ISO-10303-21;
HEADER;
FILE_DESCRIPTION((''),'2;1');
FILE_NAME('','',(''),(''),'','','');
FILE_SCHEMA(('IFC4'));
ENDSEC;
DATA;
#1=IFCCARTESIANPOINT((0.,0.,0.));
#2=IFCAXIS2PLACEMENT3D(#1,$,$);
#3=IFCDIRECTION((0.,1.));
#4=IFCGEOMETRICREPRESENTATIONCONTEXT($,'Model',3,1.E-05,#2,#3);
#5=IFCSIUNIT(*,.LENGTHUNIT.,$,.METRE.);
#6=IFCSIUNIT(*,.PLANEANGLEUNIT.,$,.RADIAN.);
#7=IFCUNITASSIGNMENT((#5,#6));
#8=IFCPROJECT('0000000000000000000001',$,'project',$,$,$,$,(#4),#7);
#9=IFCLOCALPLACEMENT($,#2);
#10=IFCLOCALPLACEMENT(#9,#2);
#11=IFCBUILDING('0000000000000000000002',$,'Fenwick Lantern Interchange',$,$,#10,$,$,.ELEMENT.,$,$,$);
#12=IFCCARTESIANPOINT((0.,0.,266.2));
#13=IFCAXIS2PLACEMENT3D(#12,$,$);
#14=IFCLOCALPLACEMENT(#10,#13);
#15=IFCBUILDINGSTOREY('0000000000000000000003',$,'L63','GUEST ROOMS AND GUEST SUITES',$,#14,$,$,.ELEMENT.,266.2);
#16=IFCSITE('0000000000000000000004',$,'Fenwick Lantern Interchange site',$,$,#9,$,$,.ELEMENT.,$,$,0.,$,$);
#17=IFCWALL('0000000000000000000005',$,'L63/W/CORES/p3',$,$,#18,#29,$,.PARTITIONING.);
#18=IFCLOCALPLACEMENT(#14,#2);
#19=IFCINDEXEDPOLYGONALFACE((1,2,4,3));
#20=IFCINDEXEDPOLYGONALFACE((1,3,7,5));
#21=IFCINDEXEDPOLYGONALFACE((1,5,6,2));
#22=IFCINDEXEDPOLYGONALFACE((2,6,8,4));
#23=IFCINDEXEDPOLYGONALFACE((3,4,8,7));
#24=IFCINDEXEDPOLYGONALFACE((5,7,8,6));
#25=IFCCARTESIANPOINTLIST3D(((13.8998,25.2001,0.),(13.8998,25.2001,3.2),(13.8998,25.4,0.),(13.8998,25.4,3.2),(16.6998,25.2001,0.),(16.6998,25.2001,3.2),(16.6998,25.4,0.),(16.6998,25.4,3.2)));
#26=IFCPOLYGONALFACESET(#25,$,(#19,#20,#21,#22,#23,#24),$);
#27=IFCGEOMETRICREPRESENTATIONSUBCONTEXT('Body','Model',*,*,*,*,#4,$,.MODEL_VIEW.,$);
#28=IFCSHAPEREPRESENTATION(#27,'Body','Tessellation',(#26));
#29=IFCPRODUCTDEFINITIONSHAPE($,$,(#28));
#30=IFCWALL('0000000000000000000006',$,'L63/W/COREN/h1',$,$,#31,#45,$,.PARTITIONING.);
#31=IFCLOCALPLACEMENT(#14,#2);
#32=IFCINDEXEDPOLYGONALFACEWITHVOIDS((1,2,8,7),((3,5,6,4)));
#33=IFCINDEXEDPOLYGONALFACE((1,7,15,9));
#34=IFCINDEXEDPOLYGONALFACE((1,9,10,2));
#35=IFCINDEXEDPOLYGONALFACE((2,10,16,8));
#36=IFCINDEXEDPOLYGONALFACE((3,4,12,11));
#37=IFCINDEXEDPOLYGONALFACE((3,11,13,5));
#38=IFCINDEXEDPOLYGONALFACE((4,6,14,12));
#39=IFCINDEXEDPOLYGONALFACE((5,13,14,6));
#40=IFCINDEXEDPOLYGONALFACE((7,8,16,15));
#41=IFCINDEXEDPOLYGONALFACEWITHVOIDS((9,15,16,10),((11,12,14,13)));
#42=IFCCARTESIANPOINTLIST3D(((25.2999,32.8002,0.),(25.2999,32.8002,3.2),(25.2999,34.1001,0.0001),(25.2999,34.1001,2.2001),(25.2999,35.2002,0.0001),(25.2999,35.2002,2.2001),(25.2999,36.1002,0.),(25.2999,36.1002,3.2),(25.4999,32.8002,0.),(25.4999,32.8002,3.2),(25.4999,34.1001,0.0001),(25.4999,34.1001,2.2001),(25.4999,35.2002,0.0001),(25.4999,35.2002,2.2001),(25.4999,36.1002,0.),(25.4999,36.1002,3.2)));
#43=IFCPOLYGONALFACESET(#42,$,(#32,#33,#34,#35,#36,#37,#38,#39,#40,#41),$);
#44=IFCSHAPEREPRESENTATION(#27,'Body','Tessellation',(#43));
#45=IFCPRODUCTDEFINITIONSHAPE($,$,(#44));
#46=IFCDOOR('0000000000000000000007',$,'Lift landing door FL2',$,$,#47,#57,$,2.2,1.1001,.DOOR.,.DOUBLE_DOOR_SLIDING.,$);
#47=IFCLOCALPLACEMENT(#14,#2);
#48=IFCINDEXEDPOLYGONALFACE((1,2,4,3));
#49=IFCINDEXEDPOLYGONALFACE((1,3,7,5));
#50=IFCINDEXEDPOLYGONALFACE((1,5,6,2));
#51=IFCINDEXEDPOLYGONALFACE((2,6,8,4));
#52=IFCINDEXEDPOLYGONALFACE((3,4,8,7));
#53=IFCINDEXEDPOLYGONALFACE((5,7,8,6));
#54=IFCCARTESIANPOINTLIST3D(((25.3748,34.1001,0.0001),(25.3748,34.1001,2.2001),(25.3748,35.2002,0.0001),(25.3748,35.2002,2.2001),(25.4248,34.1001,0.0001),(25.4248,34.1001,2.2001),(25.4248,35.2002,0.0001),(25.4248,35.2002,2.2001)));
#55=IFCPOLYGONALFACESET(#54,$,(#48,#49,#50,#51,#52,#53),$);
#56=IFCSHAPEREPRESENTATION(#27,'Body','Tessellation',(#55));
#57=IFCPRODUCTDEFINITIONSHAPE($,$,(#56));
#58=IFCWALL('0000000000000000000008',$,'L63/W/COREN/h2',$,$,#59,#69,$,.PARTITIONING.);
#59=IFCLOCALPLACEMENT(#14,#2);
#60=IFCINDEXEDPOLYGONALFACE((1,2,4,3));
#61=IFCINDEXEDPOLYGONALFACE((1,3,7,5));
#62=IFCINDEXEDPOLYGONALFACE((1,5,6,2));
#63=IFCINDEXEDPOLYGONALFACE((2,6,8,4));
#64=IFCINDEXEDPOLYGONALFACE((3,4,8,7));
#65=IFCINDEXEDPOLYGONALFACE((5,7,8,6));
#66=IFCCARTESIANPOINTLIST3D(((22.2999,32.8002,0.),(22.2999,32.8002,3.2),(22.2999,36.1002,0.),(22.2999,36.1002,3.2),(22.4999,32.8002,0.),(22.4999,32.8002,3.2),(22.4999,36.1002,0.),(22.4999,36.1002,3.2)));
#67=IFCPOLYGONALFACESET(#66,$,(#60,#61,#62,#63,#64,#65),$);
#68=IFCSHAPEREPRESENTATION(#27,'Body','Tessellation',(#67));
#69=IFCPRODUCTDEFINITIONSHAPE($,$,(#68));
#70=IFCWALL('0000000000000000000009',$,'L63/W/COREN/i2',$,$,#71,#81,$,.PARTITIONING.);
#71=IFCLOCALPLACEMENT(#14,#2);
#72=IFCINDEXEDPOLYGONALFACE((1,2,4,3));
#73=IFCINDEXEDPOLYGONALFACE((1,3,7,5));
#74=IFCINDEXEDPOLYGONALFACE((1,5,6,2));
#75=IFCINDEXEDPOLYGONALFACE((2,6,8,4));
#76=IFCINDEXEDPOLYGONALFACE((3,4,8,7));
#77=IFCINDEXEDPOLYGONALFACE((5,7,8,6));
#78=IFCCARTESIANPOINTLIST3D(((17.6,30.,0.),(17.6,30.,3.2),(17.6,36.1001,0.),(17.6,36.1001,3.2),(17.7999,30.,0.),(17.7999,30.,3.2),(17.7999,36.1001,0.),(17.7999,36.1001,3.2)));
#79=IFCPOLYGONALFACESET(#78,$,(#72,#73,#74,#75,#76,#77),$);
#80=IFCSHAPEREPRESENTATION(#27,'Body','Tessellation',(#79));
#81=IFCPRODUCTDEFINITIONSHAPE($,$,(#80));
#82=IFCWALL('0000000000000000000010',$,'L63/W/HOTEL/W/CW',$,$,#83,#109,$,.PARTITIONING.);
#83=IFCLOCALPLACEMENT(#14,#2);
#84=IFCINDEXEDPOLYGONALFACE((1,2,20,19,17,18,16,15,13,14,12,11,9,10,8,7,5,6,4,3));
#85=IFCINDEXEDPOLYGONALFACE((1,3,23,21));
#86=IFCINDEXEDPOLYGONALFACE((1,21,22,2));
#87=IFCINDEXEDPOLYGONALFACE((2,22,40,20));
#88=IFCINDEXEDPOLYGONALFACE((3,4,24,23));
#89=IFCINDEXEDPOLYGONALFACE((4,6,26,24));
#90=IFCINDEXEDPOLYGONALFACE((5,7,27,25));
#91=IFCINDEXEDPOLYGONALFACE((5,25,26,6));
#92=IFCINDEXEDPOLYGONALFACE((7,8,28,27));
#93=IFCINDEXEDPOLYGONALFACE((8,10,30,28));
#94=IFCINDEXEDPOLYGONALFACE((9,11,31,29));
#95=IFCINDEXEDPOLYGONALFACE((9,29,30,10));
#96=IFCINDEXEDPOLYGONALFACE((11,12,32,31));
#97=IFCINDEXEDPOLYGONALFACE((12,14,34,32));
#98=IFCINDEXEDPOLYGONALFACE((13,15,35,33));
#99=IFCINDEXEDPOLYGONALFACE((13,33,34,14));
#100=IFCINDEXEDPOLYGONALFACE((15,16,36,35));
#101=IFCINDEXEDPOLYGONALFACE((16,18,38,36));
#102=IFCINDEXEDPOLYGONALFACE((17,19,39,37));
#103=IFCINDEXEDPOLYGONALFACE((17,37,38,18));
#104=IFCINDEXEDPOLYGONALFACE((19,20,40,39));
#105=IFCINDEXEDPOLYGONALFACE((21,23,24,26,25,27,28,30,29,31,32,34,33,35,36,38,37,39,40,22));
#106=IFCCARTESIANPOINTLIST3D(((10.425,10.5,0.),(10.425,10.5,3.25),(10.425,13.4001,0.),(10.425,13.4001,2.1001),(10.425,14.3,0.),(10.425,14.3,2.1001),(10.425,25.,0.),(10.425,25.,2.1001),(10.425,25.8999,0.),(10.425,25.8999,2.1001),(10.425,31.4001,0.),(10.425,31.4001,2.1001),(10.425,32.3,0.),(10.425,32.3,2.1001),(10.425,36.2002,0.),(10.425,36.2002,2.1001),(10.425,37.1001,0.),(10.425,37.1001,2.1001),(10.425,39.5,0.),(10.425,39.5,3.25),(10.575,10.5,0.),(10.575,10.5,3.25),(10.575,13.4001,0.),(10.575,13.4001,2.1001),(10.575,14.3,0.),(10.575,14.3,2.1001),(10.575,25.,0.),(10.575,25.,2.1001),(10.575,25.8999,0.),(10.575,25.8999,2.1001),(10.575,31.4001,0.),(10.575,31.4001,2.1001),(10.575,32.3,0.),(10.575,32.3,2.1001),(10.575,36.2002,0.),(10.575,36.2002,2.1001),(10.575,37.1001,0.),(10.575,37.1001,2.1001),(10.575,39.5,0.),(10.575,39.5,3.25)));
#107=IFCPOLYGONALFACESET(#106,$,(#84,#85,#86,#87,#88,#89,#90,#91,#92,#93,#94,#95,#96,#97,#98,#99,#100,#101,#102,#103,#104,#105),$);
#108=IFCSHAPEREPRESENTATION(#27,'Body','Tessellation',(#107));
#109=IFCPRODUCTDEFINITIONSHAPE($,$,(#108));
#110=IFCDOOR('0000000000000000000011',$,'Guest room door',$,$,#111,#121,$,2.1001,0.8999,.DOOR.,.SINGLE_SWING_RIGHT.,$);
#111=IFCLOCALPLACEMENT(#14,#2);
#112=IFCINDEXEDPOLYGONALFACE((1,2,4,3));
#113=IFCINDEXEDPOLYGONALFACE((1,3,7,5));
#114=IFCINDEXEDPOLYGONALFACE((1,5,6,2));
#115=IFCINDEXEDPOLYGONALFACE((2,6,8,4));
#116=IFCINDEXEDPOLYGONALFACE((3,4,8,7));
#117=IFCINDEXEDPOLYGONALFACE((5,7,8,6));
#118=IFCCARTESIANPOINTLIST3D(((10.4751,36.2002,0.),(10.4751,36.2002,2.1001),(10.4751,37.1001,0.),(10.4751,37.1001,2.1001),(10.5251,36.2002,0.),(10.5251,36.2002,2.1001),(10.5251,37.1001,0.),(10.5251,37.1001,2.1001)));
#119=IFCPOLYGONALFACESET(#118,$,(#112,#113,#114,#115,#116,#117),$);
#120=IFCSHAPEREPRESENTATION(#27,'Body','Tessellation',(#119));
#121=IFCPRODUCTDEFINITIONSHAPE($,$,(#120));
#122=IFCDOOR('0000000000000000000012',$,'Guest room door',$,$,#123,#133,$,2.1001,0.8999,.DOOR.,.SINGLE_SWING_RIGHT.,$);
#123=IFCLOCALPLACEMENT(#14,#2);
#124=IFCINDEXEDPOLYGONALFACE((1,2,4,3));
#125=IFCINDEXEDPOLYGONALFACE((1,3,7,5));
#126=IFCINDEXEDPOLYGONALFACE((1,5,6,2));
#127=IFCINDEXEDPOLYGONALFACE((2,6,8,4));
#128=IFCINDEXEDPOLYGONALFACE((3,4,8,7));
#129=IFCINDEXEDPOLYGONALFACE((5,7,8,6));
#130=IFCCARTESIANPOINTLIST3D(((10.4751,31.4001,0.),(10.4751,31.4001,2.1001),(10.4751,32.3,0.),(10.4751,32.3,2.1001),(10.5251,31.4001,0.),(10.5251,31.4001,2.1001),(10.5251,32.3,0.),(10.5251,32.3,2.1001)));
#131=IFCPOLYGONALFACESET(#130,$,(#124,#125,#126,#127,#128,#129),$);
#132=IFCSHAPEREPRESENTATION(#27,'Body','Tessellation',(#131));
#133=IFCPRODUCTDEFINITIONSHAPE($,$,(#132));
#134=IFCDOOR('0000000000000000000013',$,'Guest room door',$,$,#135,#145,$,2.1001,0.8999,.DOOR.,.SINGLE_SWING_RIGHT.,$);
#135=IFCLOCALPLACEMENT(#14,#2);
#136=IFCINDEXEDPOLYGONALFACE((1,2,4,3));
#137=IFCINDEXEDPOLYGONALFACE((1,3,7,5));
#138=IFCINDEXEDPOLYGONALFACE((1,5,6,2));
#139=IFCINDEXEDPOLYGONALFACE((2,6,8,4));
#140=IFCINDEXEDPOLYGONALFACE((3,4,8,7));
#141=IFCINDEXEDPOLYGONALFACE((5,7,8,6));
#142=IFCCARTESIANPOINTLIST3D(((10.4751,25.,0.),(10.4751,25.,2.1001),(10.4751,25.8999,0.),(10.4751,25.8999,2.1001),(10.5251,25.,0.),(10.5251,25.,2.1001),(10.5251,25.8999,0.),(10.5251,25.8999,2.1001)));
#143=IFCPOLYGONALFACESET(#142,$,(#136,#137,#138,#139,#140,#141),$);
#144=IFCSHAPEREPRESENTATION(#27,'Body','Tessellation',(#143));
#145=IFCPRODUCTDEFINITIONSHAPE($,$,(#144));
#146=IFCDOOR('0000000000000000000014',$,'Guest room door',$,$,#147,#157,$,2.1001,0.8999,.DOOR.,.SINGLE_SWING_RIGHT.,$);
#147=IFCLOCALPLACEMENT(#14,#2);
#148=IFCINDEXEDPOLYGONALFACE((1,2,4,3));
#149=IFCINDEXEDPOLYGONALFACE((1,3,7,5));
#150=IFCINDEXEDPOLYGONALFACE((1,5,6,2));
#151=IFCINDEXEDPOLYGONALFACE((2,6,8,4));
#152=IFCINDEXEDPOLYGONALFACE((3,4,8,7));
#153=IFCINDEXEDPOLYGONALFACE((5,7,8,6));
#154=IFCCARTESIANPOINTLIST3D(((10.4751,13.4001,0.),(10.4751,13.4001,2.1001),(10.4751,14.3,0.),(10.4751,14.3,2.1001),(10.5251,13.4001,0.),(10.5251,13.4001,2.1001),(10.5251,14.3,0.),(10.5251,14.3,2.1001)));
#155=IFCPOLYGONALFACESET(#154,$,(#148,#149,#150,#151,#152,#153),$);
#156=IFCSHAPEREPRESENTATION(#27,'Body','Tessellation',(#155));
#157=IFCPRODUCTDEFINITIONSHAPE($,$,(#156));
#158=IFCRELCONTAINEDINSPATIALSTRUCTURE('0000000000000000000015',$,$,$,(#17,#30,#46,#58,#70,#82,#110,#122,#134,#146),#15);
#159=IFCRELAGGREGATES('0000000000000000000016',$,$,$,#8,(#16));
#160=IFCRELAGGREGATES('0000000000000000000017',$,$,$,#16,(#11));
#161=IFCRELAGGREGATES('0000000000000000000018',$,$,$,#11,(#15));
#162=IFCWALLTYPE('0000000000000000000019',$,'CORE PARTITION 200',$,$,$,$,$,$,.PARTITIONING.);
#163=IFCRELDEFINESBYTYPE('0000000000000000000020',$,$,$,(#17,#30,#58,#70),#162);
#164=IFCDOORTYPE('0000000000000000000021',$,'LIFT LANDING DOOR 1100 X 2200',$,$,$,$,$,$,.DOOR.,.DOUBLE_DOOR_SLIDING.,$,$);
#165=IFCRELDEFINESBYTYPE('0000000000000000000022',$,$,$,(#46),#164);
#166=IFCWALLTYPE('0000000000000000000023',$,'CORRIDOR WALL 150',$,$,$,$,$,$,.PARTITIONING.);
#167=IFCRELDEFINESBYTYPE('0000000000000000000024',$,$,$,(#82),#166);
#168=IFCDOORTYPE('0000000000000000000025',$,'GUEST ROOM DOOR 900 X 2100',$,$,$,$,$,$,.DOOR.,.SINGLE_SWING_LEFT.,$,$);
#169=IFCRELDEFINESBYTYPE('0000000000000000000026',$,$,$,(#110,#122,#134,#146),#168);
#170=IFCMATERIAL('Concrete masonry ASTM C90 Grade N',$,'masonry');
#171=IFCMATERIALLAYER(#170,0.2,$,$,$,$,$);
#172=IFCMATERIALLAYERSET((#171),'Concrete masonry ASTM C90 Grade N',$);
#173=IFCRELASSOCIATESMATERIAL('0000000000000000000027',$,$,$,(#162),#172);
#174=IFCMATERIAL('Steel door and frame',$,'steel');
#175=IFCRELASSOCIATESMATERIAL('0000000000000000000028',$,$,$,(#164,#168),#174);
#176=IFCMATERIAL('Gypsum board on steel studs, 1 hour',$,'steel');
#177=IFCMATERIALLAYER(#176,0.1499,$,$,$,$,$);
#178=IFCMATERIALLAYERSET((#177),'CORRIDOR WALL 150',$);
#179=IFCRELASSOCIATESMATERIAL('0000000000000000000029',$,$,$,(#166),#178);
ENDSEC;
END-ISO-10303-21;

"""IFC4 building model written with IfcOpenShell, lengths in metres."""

from ifc_helpers import new_model, si_unit, direction, frame, frame_2d, origin, place, context, subcontext, project, spatial, rectangle, extrude, material, layer, layer_set, type_object, element, fill, save


model = new_model("IFC4")

# Units and contexts
model_context = context("Model", 3, precision=1e-05, world=origin(), true_north=direction((0.0, 1.0)))
body_context = subcontext(model_context, "Body", "Model", "MODEL_VIEW")
ifc_project = project(units=[si_unit("LENGTHUNIT", "METRE"), si_unit("PLANEANGLEUNIT", "RADIAN")], contexts=[model_context])

# Site, building, storey
site_placement = place(None, origin())
site = spatial("IfcSite", under=ifc_project, at=site_placement, Name="Fenwick Lantern Interchange site", CompositionType="ELEMENT", RefElevation=0.0)
building_placement = place(site_placement, origin())
building = spatial("IfcBuilding", under=site, at=building_placement, Name="Fenwick Lantern Interchange", CompositionType="ELEMENT")
storey_placement = place(building_placement, frame((0.0, 0.0, 266.2)))
storey = spatial("IfcBuildingStorey", under=building, at=storey_placement, Name="L63", Description="GUEST ROOMS AND GUEST SUITES", CompositionType="ELEMENT", Elevation=266.2)

# Wall
ifc_material_1 = material(Name="Concrete masonry ASTM C90 Grade N", Category="masonry")
ifc_layer_1 = layer(ifc_material_1, 0.2)
ifc_layer_set_1 = layer_set([ifc_layer_1], Name="Concrete masonry ASTM C90 Grade N")
wall_type_1 = type_object("IfcWallType", Name="CORE PARTITION 200", PredefinedType="PARTITIONING", material=ifc_layer_set_1)
wall_1_placement = place(storey_placement, frame((13.8999, 25.3, 0.0), z_axis=(0.0, 0.0, 1.0), x_axis=(1.0, 0.0, 0.0)))
element("IfcWall", 1, at=wall_1_placement, inside=storey, type_object=wall_type_1, Name="L63/W/CORES/p3", PredefinedType="PARTITIONING", context=body_context, shape_type="SweptSolid", body=[
    extrude(rectangle(XDim=2.8, YDim=0.2, at=frame_2d((1.3999, 0.0))), origin(), (0.0, 0.0, 1.0), 3.2),
])

# Wall, opening, door
wall_2_placement = place(storey_placement, frame((25.3999, 36.1001, 0.0), z_axis=(0.0, 0.0, 1.0), x_axis=(0.0, -1.0, 0.0)))
wall_2 = element("IfcWall", 2, at=wall_2_placement, inside=storey, type_object=wall_type_1, Name="L63/W/COREN/h1", PredefinedType="PARTITIONING", context=body_context, shape_type="SweptSolid", body=[
    extrude(rectangle(XDim=3.3, YDim=0.2, at=frame_2d((1.6499, 0.0))), origin(), (0.0, 0.0, 1.0), 3.2),
])
opening_1_placement = place(wall_2_placement, frame((0.8999, 0.0, 0.0)))
opening_1 = element("IfcOpeningElement", 3, at=opening_1_placement, cuts=wall_2, PredefinedType="OPENING", context=body_context, shape_type="SweptSolid", body=[
    extrude(rectangle(XDim=1.1001, YDim=2.2, at=frame_2d((0.55, 1.1001))), frame((0.0, 0.1099, 0.0), z_axis=(0.0, -1.0, 0.0), x_axis=(1.0, 0.0, 0.0)), (0.0, 0.0, 1.0), 0.22),
])
ifc_material_2 = material(Name="Steel door and frame", Category="steel")
door_type_1 = type_object("IfcDoorType", Name="LIFT LANDING DOOR 1100 X 2200", OperationType="DOUBLE_DOOR_SLIDING", PredefinedType="DOOR", material=ifc_material_2)
door_1_placement = place(opening_1_placement, origin())
door_1 = element("IfcDoor", 4, at=door_1_placement, inside=storey, type_object=door_type_1, Name="Lift landing door FL2", OperationType="DOUBLE_DOOR_SLIDING", OverallHeight=2.2, OverallWidth=1.1001, PredefinedType="DOOR", context=body_context, shape_type="SweptSolid", body=[
    extrude(rectangle(XDim=1.1001, YDim=2.2, at=frame_2d((0.55, 1.1001))), frame((0.0, 0.0249, 0.0), z_axis=(0.0, -1.0, 0.0), x_axis=(1.0, 0.0, 0.0)), (0.0, 0.0, 1.0), 0.05),
])
fill(opening_1, door_1)

# Walls
wall_3_placement = place(storey_placement, frame((22.3999, 36.1001, 0.0), z_axis=(0.0, 0.0, 1.0), x_axis=(0.0, -1.0, 0.0)))
element("IfcWall", 5, at=wall_3_placement, inside=storey, type_object=wall_type_1, Name="L63/W/COREN/h2", PredefinedType="PARTITIONING", context=body_context, shape_type="SweptSolid", body=[
    extrude(rectangle(XDim=3.3, YDim=0.2, at=frame_2d((1.6499, 0.0))), origin(), (0.0, 0.0, 1.0), 3.2),
])
wall_4_placement = place(storey_placement, frame((17.7, 36.1001, 0.0), z_axis=(0.0, 0.0, 1.0), x_axis=(0.0, -1.0, 0.0)))
element("IfcWall", 6, at=wall_4_placement, inside=storey, type_object=wall_type_1, Name="L63/W/COREN/i2", PredefinedType="PARTITIONING", context=body_context, shape_type="SweptSolid", body=[
    extrude(rectangle(XDim=6.1001, YDim=0.2, at=frame_2d((3.05, 0.0))), origin(), (0.0, 0.0, 1.0), 3.2),
])

# Wall, openings, doors
ifc_material_3 = material(Name="Gypsum board on steel studs, 1 hour", Category="steel")
ifc_layer_2 = layer(ifc_material_3, 0.1499)
ifc_layer_set_2 = layer_set([ifc_layer_2], Name="CORRIDOR WALL 150")
wall_type_2 = type_object("IfcWallType", Name="CORRIDOR WALL 150", PredefinedType="PARTITIONING", material=ifc_layer_set_2)
wall_5_placement = place(storey_placement, frame((10.5, 39.5, 0.0), z_axis=(0.0, 0.0, 1.0), x_axis=(0.0, -1.0, 0.0)))
wall_5 = element("IfcWall", 7, at=wall_5_placement, inside=storey, type_object=wall_type_2, Name="L63/W/HOTEL/W/CW", PredefinedType="PARTITIONING", context=body_context, shape_type="SweptSolid", body=[
    extrude(rectangle(XDim=29.0, YDim=0.1499, at=frame_2d((14.5, 0.0))), origin(), (0.0, 0.0, 1.0), 3.25),
])
opening_2_placement = place(wall_5_placement, frame((2.3999, 0.0, 0.0)))
opening_2 = element("IfcOpeningElement", 8, at=opening_2_placement, cuts=wall_5, PredefinedType="OPENING", context=body_context, shape_type="SweptSolid", body=[
    extrude(rectangle(XDim=0.8999, YDim=2.1001, at=frame_2d((0.45, 1.05))), frame((0.0, 0.085, 0.0), z_axis=(0.0, -1.0, 0.0), x_axis=(1.0, 0.0, 0.0)), (0.0, 0.0, 1.0), 0.1699),
])
opening_3_placement = place(wall_5_placement, frame((7.2, 0.0, 0.0)))
opening_3 = element("IfcOpeningElement", 9, at=opening_3_placement, cuts=wall_5, PredefinedType="OPENING", context=body_context, shape_type="SweptSolid", body=[
    extrude(rectangle(XDim=0.8999, YDim=2.1001, at=frame_2d((0.45, 1.05))), frame((0.0, 0.085, 0.0), z_axis=(0.0, -1.0, 0.0), x_axis=(1.0, 0.0, 0.0)), (0.0, 0.0, 1.0), 0.1699),
])
opening_4_placement = place(wall_5_placement, frame((13.6001, 0.0, 0.0)))
opening_4 = element("IfcOpeningElement", 10, at=opening_4_placement, cuts=wall_5, PredefinedType="OPENING", context=body_context, shape_type="SweptSolid", body=[
    extrude(rectangle(XDim=0.8999, YDim=2.1001, at=frame_2d((0.45, 1.05))), frame((0.0, 0.085, 0.0), z_axis=(0.0, -1.0, 0.0), x_axis=(1.0, 0.0, 0.0)), (0.0, 0.0, 1.0), 0.1699),
])
opening_5_placement = place(wall_5_placement, frame((25.2, 0.0, 0.0)))
opening_5 = element("IfcOpeningElement", 11, at=opening_5_placement, cuts=wall_5, PredefinedType="OPENING", context=body_context, shape_type="SweptSolid", body=[
    extrude(rectangle(XDim=0.8999, YDim=2.1001, at=frame_2d((0.45, 1.05))), frame((0.0, 0.085, 0.0), z_axis=(0.0, -1.0, 0.0), x_axis=(1.0, 0.0, 0.0)), (0.0, 0.0, 1.0), 0.1699),
])
door_type_2 = type_object("IfcDoorType", Name="GUEST ROOM DOOR 900 X 2100", OperationType="SINGLE_SWING_LEFT", PredefinedType="DOOR", material=ifc_material_2)
door_2_placement = place(opening_2_placement, frame((0.8999, 0.0, 0.0), z_axis=(0.0, 0.0, 1.0), x_axis=(-1.0, 0.0, 0.0)))
door_2 = element("IfcDoor", 12, at=door_2_placement, inside=storey, type_object=door_type_2, Name="Guest room door", OperationType="SINGLE_SWING_RIGHT", OverallHeight=2.1001, OverallWidth=0.8999, PredefinedType="DOOR", context=body_context, shape_type="SweptSolid", body=[
    extrude(rectangle(XDim=0.8999, YDim=2.1001, at=frame_2d((0.45, 1.05))), frame((0.0, 0.0249, 0.0), z_axis=(0.0, -1.0, 0.0), x_axis=(1.0, 0.0, 0.0)), (0.0, 0.0, 1.0), 0.05),
])
fill(opening_2, door_2)
door_3_placement = place(opening_3_placement, frame((0.8999, 0.0, 0.0), z_axis=(0.0, 0.0, 1.0), x_axis=(-1.0, 0.0, 0.0)))
door_3 = element("IfcDoor", 13, at=door_3_placement, inside=storey, type_object=door_type_2, Name="Guest room door", OperationType="SINGLE_SWING_RIGHT", OverallHeight=2.1001, OverallWidth=0.8999, PredefinedType="DOOR", context=body_context, shape_type="SweptSolid", body=[
    extrude(rectangle(XDim=0.8999, YDim=2.1001, at=frame_2d((0.45, 1.05))), frame((0.0, 0.0249, 0.0), z_axis=(0.0, -1.0, 0.0), x_axis=(1.0, 0.0, 0.0)), (0.0, 0.0, 1.0), 0.05),
])
fill(opening_3, door_3)
door_4_placement = place(opening_4_placement, frame((0.8999, 0.0, 0.0), z_axis=(0.0, 0.0, 1.0), x_axis=(-1.0, 0.0, 0.0)))
door_4 = element("IfcDoor", 14, at=door_4_placement, inside=storey, type_object=door_type_2, Name="Guest room door", OperationType="SINGLE_SWING_RIGHT", OverallHeight=2.1001, OverallWidth=0.8999, PredefinedType="DOOR", context=body_context, shape_type="SweptSolid", body=[
    extrude(rectangle(XDim=0.8999, YDim=2.1001, at=frame_2d((0.45, 1.05))), frame((0.0, 0.0249, 0.0), z_axis=(0.0, -1.0, 0.0), x_axis=(1.0, 0.0, 0.0)), (0.0, 0.0, 1.0), 0.05),
])
fill(opening_4, door_4)
door_5_placement = place(opening_5_placement, frame((0.8999, 0.0, 0.0), z_axis=(0.0, 0.0, 1.0), x_axis=(-1.0, 0.0, 0.0)))
door_5 = element("IfcDoor", 15, at=door_5_placement, inside=storey, type_object=door_type_2, Name="Guest room door", OperationType="SINGLE_SWING_RIGHT", OverallHeight=2.1001, OverallWidth=0.8999, PredefinedType="DOOR", context=body_context, shape_type="SweptSolid", body=[
    extrude(rectangle(XDim=0.8999, YDim=2.1001, at=frame_2d((0.45, 1.05))), frame((0.0, 0.0249, 0.0), z_axis=(0.0, -1.0, 0.0), x_axis=(1.0, 0.0, 0.0)), (0.0, 0.0, 1.0), 0.05),
])
fill(opening_5, door_5)

save(model, "model.ifc")
